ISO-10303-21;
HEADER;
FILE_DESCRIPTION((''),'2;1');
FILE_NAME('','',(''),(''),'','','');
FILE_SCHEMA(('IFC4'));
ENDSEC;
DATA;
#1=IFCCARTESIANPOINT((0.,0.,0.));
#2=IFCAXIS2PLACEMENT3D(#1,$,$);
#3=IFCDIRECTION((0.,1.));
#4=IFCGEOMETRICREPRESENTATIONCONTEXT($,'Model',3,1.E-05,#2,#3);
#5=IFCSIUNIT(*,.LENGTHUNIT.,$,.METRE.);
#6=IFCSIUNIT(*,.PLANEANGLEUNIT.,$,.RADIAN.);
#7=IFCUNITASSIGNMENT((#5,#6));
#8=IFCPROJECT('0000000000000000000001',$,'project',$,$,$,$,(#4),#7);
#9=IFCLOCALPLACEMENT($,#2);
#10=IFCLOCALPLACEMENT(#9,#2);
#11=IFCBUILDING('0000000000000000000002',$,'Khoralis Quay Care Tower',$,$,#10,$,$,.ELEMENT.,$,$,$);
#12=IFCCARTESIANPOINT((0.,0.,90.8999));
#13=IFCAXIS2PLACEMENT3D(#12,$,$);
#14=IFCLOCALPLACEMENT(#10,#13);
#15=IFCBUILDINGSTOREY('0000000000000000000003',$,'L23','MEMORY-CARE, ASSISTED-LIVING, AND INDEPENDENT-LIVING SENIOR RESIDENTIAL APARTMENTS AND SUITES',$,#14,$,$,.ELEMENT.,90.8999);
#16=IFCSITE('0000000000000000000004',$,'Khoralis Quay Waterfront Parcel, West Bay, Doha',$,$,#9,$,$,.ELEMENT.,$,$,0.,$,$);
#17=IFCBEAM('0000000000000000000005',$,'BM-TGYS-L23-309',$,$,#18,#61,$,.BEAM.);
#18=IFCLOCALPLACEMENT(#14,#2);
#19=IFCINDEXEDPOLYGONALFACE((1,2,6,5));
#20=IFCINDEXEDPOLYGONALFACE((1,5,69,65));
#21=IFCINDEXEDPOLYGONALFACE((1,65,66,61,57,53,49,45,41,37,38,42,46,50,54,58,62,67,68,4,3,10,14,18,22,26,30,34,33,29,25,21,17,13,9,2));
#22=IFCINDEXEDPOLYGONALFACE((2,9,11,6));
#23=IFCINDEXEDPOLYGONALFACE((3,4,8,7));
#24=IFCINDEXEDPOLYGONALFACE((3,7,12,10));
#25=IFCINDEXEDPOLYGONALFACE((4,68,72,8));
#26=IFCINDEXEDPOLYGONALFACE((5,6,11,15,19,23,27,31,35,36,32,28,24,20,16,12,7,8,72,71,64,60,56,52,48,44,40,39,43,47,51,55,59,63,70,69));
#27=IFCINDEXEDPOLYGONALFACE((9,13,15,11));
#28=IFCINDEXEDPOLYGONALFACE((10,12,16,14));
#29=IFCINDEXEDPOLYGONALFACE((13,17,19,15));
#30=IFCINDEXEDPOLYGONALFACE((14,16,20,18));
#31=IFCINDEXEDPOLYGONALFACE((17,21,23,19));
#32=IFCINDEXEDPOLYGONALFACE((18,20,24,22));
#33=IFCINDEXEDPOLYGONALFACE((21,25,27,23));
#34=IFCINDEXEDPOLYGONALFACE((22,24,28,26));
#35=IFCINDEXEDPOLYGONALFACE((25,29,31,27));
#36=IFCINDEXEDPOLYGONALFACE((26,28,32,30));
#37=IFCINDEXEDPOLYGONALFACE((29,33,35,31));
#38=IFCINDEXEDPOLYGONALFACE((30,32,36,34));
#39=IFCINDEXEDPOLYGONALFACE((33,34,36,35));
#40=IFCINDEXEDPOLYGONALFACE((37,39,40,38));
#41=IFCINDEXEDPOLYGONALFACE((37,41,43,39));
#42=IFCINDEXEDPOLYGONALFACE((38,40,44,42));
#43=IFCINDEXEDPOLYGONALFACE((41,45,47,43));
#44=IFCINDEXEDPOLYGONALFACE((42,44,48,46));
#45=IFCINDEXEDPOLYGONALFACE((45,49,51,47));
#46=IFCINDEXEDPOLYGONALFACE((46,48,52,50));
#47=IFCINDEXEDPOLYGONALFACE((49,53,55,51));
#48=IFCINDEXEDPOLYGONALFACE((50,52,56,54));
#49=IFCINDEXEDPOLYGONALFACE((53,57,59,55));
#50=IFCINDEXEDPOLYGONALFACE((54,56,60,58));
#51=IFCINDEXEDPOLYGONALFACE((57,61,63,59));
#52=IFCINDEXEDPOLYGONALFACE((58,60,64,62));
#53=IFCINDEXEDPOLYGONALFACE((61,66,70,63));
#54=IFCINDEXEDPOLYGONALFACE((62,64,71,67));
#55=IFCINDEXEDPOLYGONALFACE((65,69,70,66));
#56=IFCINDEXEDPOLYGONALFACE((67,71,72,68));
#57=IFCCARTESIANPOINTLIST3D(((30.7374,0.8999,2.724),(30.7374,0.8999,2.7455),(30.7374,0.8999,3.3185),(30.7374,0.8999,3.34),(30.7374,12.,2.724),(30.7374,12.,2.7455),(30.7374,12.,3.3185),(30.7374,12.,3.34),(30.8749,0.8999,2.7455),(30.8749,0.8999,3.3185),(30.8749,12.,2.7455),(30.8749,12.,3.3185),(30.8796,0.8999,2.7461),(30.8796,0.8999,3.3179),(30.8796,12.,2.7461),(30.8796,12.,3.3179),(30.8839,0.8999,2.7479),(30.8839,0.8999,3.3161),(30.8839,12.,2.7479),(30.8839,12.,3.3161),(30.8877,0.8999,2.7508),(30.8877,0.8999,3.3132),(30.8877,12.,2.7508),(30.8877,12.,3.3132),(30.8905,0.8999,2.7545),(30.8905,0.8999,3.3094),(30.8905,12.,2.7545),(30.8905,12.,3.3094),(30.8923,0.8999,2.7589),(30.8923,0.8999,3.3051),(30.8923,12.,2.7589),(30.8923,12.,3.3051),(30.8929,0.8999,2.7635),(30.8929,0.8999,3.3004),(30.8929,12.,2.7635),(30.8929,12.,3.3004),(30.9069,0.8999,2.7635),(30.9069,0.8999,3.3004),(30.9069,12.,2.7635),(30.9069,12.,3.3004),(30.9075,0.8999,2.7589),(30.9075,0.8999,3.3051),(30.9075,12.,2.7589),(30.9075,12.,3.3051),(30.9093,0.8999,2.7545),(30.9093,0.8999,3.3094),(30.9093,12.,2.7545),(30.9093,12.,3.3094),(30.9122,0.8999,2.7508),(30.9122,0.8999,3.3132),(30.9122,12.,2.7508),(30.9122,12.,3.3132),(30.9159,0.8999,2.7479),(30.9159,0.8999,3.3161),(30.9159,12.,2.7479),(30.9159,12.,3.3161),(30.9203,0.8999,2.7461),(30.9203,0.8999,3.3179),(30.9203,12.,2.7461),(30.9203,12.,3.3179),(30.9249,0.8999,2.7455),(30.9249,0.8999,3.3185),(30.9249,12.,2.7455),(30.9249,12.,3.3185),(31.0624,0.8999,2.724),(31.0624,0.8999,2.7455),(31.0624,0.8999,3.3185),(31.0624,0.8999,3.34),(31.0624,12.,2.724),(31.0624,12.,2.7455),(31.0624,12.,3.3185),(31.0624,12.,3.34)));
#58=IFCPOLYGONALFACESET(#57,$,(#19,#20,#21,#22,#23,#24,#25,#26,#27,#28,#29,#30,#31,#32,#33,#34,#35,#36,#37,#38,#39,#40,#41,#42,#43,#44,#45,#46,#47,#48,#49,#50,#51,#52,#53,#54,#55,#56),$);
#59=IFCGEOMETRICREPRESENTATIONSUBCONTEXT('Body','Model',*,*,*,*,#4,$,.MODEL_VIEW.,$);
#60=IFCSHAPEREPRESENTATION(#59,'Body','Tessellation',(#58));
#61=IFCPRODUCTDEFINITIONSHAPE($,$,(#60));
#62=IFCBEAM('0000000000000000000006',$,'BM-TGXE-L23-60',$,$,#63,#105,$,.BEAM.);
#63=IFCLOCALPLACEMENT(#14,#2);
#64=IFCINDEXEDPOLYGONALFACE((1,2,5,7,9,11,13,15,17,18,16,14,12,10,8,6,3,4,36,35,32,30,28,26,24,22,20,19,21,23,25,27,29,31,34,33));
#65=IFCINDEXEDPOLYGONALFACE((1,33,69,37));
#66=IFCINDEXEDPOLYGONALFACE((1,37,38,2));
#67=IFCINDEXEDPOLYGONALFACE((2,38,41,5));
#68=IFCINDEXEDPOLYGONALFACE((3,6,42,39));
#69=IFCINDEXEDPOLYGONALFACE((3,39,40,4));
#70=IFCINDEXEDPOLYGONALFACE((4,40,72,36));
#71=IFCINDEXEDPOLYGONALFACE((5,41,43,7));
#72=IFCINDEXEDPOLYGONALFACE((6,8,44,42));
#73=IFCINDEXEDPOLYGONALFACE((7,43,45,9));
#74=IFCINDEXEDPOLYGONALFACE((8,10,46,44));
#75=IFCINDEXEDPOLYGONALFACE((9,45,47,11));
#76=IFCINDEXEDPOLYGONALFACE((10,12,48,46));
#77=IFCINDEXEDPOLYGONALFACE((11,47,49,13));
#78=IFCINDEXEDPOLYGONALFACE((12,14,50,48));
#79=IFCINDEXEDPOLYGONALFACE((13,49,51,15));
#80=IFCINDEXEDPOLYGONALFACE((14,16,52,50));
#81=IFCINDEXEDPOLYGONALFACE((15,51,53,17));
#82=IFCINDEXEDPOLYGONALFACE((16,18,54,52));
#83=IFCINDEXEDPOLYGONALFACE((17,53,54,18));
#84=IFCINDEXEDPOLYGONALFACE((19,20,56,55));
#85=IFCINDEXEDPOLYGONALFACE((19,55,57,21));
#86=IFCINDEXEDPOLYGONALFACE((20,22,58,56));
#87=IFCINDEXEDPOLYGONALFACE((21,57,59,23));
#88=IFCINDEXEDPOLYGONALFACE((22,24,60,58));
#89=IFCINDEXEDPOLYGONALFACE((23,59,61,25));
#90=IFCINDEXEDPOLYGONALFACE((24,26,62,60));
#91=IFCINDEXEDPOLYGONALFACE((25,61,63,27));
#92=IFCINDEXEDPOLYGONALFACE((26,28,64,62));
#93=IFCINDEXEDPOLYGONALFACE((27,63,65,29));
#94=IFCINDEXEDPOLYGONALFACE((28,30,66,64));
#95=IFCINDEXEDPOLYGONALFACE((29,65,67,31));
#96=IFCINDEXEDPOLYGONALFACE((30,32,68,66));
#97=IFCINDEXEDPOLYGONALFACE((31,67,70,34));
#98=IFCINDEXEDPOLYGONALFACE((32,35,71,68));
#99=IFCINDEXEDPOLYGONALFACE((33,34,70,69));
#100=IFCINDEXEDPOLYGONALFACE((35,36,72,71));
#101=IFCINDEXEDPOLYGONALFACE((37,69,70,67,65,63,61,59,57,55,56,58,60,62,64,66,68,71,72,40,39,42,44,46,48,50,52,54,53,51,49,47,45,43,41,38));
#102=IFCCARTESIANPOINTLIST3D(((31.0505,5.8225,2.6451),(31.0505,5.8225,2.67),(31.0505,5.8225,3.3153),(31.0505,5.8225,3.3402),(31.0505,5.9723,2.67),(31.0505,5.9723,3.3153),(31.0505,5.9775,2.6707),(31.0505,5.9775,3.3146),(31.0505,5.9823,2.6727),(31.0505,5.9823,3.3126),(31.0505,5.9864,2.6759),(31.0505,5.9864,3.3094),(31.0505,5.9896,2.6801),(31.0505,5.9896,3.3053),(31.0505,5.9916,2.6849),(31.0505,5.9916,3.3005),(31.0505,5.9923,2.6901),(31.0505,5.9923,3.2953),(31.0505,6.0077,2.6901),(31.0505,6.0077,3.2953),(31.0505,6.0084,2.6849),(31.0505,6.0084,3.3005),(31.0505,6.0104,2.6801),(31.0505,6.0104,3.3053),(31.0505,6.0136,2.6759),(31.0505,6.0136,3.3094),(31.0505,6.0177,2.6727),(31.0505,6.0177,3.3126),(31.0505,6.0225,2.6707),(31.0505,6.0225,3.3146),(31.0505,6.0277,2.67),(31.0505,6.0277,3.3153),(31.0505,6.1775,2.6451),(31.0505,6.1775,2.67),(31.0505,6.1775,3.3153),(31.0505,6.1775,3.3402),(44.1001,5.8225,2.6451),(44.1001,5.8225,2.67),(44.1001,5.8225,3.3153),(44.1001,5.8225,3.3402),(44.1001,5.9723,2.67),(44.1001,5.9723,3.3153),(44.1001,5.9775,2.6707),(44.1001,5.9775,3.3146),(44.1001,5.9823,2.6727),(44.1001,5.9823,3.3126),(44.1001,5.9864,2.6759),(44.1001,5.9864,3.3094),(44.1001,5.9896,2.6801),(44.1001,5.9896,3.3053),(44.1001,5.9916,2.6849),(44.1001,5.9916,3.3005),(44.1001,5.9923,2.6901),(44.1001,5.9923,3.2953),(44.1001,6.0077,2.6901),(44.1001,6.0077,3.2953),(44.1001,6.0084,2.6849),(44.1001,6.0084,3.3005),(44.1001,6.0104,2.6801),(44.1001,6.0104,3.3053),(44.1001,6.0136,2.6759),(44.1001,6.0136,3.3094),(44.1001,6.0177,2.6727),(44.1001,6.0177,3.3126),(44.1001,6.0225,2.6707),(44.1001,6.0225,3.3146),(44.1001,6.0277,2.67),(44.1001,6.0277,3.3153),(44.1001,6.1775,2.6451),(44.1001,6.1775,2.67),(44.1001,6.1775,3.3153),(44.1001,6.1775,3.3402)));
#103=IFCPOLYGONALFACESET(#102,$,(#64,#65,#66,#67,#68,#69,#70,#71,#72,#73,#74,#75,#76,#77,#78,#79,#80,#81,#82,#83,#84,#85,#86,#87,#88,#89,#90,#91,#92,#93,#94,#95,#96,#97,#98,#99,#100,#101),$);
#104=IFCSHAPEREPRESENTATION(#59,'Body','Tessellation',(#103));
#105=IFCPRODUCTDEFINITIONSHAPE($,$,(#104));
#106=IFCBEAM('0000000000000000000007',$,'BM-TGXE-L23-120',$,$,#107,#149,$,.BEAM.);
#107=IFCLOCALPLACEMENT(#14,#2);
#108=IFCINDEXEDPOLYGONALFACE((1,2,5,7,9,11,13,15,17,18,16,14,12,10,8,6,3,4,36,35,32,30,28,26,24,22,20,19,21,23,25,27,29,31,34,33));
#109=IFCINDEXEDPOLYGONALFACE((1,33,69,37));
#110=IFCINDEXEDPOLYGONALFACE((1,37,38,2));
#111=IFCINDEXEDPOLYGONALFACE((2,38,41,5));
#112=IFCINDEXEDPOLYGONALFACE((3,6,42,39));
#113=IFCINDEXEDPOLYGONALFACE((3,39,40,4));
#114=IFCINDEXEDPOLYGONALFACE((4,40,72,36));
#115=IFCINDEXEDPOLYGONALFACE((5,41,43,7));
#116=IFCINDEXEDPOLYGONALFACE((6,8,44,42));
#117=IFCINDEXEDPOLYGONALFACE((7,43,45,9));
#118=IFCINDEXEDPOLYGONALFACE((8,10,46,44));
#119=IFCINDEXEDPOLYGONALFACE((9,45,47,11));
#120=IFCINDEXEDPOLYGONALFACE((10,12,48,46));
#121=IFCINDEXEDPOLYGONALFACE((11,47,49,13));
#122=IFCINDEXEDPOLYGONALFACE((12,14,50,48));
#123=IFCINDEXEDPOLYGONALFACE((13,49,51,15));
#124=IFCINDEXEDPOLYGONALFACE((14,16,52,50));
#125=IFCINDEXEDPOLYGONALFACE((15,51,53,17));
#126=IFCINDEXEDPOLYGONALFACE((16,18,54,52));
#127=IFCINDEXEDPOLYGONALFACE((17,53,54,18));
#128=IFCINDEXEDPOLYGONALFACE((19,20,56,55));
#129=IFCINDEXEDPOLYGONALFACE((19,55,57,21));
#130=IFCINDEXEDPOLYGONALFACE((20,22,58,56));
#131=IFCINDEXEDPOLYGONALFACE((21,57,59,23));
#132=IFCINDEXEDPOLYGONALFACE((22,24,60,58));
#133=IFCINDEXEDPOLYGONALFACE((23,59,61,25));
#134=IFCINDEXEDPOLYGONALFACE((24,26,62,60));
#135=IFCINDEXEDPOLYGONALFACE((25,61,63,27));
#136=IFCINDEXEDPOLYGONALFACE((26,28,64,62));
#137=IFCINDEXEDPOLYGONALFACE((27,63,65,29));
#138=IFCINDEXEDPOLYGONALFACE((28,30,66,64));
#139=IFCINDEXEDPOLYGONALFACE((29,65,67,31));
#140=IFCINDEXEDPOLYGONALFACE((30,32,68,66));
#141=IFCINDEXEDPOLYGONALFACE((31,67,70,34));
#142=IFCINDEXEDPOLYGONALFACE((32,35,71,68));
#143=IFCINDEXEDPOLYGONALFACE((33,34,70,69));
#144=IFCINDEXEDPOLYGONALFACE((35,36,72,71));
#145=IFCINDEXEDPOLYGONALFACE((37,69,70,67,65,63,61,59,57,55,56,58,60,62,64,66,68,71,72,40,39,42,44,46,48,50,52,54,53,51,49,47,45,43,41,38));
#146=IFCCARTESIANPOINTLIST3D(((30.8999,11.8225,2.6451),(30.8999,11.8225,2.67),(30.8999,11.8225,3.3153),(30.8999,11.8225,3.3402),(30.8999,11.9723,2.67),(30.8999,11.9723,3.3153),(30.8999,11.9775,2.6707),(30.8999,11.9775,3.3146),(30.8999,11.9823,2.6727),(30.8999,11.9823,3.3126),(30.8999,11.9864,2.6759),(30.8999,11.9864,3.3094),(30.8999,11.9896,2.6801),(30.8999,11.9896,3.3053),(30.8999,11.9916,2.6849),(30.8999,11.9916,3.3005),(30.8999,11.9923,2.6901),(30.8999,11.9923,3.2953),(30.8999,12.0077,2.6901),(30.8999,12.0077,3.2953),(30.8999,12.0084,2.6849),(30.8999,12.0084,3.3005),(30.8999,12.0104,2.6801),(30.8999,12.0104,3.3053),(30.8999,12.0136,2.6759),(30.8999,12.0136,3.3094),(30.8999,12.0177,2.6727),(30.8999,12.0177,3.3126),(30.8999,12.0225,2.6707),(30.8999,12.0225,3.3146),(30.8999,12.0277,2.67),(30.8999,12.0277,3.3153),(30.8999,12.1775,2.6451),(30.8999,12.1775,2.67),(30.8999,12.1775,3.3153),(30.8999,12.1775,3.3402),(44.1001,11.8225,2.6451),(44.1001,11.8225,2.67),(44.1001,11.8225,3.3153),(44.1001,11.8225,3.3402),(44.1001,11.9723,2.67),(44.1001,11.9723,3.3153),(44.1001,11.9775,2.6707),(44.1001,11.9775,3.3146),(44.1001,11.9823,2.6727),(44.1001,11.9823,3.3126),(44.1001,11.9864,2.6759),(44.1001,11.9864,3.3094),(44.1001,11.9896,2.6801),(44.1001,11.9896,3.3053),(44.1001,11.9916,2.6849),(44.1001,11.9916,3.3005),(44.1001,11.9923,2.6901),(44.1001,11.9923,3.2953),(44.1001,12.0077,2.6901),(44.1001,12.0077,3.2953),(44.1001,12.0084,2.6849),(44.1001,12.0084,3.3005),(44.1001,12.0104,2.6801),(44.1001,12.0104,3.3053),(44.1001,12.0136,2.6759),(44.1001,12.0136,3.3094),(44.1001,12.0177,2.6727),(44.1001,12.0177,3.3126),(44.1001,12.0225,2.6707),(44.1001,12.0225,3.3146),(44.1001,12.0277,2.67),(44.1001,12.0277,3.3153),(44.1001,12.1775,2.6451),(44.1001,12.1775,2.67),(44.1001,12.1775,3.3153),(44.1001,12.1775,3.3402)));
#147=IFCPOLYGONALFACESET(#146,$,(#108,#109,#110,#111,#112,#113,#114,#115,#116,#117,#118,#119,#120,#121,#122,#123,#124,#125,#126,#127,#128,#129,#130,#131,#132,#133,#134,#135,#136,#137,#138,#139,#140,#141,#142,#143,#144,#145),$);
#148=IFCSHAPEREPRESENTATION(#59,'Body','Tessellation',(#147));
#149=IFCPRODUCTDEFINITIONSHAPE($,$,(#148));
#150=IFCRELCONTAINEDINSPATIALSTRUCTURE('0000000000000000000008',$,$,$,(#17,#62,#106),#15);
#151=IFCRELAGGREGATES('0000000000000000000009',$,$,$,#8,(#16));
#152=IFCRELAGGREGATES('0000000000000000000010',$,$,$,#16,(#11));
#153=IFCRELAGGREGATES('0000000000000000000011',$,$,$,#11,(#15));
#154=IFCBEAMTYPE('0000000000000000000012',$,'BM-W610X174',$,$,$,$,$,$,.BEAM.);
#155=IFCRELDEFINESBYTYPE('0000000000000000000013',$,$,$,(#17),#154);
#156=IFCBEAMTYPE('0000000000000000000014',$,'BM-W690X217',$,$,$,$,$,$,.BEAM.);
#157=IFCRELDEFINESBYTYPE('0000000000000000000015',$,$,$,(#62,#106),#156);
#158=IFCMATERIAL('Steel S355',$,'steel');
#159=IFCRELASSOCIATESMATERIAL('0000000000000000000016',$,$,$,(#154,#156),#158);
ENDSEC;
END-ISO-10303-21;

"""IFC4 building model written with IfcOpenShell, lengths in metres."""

from ifc_helpers import new_model, si_unit, direction, frame, origin, origin_2d, place, context, subcontext, project, spatial, i_section, extrude, source, transform, mapped, material, material_profile, profile_set, type_object, element, save


model = new_model("IFC4")

# Units and contexts
model_context = context("Model", 3, precision=1e-05, world=origin(), true_north=direction((0.0, 1.0)))
body_context = subcontext(model_context, "Body", "Model", "MODEL_VIEW")
ifc_project = project(units=[si_unit("LENGTHUNIT", "METRE"), si_unit("PLANEANGLEUNIT", "RADIAN")], contexts=[model_context])

# Site, building, storey
site_placement = place(None, origin())
site = spatial("IfcSite", under=ifc_project, at=site_placement, Name="Khoralis Quay Waterfront Parcel, West Bay, Doha", CompositionType="ELEMENT", RefElevation=0.0)
building_placement = place(site_placement, origin())
building = spatial("IfcBuilding", under=site, at=building_placement, Name="Khoralis Quay Care Tower", CompositionType="ELEMENT")
storey_placement = place(building_placement, frame((0.0, 0.0, 90.8999)))
storey = spatial("IfcBuildingStorey", under=building, at=storey_placement, Name="L23", Description="MEMORY-CARE, ASSISTED-LIVING, AND INDEPENDENT-LIVING SENIOR RESIDENTIAL APARTMENTS AND SUITES", CompositionType="ELEMENT", Elevation=90.8999)

# Beams
ifc_material_1 = material(Name="Steel S355", Category="steel")
ifc_material_profile_1 = material_profile(ifc_material_1, i_section(OverallWidth=0.325, OverallDepth=0.616, WebThickness=0.0139, FlangeThickness=0.0215, FilletRadius=0.0181, at=origin_2d()), Name="Steel S355")
ifc_profile_set_1 = profile_set([ifc_material_profile_1], Name="Steel S355")
beam_type_1 = type_object("IfcBeamType", Name="BM-W610X174", PredefinedType="BEAM", material=ifc_profile_set_1)
shared_shape_1 = source(origin(), body_context, "Body", "SweptSolid", [
    extrude(i_section(OverallWidth=0.325, OverallDepth=0.616, WebThickness=0.0139, FlangeThickness=0.0215, FilletRadius=0.0181, at=origin_2d()), origin(), (0.0, 0.0, 1.0), 11.1001),
])
for number, where, z_axis, x_axis, name in (
    (1, (30.8999, 0.8999, 3.032), (0.0, 1.0, 0.0), (-1.0, 0.0, 0.0), "BM-TGYS-L23-309"),
):
    element("IfcBeam", number, at=place(storey_placement, frame(where, z_axis=z_axis, x_axis=x_axis)), inside=storey, type_object=beam_type_1, Name=name, PredefinedType="BEAM", context=body_context, shape_type="MappedRepresentation", body=[
        mapped(shared_shape_1, transform((0.0, 0.0, 0.0), scale=1.0)),
    ])
ifc_material_profile_2 = material_profile(ifc_material_1, i_section(OverallWidth=0.355, OverallDepth=0.6951, WebThickness=0.0154, FlangeThickness=0.0249, FilletRadius=0.02, at=origin_2d()), Name="Steel S355")
ifc_profile_set_2 = profile_set([ifc_material_profile_2], Name="Steel S355")
beam_type_2 = type_object("IfcBeamType", Name="BM-W690X217", PredefinedType="BEAM", material=ifc_profile_set_2)
shared_shape_2 = source(origin(), body_context, "Body", "SweptSolid", [
    extrude(i_section(OverallWidth=0.355, OverallDepth=0.6951, WebThickness=0.0154, FlangeThickness=0.0249, FilletRadius=0.02, at=origin_2d()), origin(), (0.0, 0.0, 1.0), 13.0496),
])
beam_1_placement = place(storey_placement, frame((31.0505, 6.0, 2.9927), z_axis=(1.0, 0.0, 0.0), x_axis=(0.0, 1.0, 0.0)))
element("IfcBeam", 2, at=beam_1_placement, inside=storey, type_object=beam_type_2, Name="BM-TGXE-L23-60", PredefinedType="BEAM", context=body_context, shape_type="MappedRepresentation", body=[
    mapped(shared_shape_2, transform((0.0, 0.0, 0.0), scale=1.0)),
])
shared_shape_3 = source(origin(), body_context, "Body", "SweptSolid", [
    extrude(i_section(OverallWidth=0.355, OverallDepth=0.6951, WebThickness=0.0154, FlangeThickness=0.0249, FilletRadius=0.02, at=origin_2d()), origin(), (0.0, 0.0, 1.0), 13.2002),
])
beam_2_placement = place(storey_placement, frame((30.8999, 12.0, 2.9927), z_axis=(1.0, 0.0, 0.0), x_axis=(0.0, 1.0, 0.0)))
element("IfcBeam", 3, at=beam_2_placement, inside=storey, type_object=beam_type_2, Name="BM-TGXE-L23-120", PredefinedType="BEAM", context=body_context, shape_type="MappedRepresentation", body=[
    mapped(shared_shape_3, transform((0.0, 0.0, 0.0), scale=1.0)),
])

save(model, "model.ifc")
